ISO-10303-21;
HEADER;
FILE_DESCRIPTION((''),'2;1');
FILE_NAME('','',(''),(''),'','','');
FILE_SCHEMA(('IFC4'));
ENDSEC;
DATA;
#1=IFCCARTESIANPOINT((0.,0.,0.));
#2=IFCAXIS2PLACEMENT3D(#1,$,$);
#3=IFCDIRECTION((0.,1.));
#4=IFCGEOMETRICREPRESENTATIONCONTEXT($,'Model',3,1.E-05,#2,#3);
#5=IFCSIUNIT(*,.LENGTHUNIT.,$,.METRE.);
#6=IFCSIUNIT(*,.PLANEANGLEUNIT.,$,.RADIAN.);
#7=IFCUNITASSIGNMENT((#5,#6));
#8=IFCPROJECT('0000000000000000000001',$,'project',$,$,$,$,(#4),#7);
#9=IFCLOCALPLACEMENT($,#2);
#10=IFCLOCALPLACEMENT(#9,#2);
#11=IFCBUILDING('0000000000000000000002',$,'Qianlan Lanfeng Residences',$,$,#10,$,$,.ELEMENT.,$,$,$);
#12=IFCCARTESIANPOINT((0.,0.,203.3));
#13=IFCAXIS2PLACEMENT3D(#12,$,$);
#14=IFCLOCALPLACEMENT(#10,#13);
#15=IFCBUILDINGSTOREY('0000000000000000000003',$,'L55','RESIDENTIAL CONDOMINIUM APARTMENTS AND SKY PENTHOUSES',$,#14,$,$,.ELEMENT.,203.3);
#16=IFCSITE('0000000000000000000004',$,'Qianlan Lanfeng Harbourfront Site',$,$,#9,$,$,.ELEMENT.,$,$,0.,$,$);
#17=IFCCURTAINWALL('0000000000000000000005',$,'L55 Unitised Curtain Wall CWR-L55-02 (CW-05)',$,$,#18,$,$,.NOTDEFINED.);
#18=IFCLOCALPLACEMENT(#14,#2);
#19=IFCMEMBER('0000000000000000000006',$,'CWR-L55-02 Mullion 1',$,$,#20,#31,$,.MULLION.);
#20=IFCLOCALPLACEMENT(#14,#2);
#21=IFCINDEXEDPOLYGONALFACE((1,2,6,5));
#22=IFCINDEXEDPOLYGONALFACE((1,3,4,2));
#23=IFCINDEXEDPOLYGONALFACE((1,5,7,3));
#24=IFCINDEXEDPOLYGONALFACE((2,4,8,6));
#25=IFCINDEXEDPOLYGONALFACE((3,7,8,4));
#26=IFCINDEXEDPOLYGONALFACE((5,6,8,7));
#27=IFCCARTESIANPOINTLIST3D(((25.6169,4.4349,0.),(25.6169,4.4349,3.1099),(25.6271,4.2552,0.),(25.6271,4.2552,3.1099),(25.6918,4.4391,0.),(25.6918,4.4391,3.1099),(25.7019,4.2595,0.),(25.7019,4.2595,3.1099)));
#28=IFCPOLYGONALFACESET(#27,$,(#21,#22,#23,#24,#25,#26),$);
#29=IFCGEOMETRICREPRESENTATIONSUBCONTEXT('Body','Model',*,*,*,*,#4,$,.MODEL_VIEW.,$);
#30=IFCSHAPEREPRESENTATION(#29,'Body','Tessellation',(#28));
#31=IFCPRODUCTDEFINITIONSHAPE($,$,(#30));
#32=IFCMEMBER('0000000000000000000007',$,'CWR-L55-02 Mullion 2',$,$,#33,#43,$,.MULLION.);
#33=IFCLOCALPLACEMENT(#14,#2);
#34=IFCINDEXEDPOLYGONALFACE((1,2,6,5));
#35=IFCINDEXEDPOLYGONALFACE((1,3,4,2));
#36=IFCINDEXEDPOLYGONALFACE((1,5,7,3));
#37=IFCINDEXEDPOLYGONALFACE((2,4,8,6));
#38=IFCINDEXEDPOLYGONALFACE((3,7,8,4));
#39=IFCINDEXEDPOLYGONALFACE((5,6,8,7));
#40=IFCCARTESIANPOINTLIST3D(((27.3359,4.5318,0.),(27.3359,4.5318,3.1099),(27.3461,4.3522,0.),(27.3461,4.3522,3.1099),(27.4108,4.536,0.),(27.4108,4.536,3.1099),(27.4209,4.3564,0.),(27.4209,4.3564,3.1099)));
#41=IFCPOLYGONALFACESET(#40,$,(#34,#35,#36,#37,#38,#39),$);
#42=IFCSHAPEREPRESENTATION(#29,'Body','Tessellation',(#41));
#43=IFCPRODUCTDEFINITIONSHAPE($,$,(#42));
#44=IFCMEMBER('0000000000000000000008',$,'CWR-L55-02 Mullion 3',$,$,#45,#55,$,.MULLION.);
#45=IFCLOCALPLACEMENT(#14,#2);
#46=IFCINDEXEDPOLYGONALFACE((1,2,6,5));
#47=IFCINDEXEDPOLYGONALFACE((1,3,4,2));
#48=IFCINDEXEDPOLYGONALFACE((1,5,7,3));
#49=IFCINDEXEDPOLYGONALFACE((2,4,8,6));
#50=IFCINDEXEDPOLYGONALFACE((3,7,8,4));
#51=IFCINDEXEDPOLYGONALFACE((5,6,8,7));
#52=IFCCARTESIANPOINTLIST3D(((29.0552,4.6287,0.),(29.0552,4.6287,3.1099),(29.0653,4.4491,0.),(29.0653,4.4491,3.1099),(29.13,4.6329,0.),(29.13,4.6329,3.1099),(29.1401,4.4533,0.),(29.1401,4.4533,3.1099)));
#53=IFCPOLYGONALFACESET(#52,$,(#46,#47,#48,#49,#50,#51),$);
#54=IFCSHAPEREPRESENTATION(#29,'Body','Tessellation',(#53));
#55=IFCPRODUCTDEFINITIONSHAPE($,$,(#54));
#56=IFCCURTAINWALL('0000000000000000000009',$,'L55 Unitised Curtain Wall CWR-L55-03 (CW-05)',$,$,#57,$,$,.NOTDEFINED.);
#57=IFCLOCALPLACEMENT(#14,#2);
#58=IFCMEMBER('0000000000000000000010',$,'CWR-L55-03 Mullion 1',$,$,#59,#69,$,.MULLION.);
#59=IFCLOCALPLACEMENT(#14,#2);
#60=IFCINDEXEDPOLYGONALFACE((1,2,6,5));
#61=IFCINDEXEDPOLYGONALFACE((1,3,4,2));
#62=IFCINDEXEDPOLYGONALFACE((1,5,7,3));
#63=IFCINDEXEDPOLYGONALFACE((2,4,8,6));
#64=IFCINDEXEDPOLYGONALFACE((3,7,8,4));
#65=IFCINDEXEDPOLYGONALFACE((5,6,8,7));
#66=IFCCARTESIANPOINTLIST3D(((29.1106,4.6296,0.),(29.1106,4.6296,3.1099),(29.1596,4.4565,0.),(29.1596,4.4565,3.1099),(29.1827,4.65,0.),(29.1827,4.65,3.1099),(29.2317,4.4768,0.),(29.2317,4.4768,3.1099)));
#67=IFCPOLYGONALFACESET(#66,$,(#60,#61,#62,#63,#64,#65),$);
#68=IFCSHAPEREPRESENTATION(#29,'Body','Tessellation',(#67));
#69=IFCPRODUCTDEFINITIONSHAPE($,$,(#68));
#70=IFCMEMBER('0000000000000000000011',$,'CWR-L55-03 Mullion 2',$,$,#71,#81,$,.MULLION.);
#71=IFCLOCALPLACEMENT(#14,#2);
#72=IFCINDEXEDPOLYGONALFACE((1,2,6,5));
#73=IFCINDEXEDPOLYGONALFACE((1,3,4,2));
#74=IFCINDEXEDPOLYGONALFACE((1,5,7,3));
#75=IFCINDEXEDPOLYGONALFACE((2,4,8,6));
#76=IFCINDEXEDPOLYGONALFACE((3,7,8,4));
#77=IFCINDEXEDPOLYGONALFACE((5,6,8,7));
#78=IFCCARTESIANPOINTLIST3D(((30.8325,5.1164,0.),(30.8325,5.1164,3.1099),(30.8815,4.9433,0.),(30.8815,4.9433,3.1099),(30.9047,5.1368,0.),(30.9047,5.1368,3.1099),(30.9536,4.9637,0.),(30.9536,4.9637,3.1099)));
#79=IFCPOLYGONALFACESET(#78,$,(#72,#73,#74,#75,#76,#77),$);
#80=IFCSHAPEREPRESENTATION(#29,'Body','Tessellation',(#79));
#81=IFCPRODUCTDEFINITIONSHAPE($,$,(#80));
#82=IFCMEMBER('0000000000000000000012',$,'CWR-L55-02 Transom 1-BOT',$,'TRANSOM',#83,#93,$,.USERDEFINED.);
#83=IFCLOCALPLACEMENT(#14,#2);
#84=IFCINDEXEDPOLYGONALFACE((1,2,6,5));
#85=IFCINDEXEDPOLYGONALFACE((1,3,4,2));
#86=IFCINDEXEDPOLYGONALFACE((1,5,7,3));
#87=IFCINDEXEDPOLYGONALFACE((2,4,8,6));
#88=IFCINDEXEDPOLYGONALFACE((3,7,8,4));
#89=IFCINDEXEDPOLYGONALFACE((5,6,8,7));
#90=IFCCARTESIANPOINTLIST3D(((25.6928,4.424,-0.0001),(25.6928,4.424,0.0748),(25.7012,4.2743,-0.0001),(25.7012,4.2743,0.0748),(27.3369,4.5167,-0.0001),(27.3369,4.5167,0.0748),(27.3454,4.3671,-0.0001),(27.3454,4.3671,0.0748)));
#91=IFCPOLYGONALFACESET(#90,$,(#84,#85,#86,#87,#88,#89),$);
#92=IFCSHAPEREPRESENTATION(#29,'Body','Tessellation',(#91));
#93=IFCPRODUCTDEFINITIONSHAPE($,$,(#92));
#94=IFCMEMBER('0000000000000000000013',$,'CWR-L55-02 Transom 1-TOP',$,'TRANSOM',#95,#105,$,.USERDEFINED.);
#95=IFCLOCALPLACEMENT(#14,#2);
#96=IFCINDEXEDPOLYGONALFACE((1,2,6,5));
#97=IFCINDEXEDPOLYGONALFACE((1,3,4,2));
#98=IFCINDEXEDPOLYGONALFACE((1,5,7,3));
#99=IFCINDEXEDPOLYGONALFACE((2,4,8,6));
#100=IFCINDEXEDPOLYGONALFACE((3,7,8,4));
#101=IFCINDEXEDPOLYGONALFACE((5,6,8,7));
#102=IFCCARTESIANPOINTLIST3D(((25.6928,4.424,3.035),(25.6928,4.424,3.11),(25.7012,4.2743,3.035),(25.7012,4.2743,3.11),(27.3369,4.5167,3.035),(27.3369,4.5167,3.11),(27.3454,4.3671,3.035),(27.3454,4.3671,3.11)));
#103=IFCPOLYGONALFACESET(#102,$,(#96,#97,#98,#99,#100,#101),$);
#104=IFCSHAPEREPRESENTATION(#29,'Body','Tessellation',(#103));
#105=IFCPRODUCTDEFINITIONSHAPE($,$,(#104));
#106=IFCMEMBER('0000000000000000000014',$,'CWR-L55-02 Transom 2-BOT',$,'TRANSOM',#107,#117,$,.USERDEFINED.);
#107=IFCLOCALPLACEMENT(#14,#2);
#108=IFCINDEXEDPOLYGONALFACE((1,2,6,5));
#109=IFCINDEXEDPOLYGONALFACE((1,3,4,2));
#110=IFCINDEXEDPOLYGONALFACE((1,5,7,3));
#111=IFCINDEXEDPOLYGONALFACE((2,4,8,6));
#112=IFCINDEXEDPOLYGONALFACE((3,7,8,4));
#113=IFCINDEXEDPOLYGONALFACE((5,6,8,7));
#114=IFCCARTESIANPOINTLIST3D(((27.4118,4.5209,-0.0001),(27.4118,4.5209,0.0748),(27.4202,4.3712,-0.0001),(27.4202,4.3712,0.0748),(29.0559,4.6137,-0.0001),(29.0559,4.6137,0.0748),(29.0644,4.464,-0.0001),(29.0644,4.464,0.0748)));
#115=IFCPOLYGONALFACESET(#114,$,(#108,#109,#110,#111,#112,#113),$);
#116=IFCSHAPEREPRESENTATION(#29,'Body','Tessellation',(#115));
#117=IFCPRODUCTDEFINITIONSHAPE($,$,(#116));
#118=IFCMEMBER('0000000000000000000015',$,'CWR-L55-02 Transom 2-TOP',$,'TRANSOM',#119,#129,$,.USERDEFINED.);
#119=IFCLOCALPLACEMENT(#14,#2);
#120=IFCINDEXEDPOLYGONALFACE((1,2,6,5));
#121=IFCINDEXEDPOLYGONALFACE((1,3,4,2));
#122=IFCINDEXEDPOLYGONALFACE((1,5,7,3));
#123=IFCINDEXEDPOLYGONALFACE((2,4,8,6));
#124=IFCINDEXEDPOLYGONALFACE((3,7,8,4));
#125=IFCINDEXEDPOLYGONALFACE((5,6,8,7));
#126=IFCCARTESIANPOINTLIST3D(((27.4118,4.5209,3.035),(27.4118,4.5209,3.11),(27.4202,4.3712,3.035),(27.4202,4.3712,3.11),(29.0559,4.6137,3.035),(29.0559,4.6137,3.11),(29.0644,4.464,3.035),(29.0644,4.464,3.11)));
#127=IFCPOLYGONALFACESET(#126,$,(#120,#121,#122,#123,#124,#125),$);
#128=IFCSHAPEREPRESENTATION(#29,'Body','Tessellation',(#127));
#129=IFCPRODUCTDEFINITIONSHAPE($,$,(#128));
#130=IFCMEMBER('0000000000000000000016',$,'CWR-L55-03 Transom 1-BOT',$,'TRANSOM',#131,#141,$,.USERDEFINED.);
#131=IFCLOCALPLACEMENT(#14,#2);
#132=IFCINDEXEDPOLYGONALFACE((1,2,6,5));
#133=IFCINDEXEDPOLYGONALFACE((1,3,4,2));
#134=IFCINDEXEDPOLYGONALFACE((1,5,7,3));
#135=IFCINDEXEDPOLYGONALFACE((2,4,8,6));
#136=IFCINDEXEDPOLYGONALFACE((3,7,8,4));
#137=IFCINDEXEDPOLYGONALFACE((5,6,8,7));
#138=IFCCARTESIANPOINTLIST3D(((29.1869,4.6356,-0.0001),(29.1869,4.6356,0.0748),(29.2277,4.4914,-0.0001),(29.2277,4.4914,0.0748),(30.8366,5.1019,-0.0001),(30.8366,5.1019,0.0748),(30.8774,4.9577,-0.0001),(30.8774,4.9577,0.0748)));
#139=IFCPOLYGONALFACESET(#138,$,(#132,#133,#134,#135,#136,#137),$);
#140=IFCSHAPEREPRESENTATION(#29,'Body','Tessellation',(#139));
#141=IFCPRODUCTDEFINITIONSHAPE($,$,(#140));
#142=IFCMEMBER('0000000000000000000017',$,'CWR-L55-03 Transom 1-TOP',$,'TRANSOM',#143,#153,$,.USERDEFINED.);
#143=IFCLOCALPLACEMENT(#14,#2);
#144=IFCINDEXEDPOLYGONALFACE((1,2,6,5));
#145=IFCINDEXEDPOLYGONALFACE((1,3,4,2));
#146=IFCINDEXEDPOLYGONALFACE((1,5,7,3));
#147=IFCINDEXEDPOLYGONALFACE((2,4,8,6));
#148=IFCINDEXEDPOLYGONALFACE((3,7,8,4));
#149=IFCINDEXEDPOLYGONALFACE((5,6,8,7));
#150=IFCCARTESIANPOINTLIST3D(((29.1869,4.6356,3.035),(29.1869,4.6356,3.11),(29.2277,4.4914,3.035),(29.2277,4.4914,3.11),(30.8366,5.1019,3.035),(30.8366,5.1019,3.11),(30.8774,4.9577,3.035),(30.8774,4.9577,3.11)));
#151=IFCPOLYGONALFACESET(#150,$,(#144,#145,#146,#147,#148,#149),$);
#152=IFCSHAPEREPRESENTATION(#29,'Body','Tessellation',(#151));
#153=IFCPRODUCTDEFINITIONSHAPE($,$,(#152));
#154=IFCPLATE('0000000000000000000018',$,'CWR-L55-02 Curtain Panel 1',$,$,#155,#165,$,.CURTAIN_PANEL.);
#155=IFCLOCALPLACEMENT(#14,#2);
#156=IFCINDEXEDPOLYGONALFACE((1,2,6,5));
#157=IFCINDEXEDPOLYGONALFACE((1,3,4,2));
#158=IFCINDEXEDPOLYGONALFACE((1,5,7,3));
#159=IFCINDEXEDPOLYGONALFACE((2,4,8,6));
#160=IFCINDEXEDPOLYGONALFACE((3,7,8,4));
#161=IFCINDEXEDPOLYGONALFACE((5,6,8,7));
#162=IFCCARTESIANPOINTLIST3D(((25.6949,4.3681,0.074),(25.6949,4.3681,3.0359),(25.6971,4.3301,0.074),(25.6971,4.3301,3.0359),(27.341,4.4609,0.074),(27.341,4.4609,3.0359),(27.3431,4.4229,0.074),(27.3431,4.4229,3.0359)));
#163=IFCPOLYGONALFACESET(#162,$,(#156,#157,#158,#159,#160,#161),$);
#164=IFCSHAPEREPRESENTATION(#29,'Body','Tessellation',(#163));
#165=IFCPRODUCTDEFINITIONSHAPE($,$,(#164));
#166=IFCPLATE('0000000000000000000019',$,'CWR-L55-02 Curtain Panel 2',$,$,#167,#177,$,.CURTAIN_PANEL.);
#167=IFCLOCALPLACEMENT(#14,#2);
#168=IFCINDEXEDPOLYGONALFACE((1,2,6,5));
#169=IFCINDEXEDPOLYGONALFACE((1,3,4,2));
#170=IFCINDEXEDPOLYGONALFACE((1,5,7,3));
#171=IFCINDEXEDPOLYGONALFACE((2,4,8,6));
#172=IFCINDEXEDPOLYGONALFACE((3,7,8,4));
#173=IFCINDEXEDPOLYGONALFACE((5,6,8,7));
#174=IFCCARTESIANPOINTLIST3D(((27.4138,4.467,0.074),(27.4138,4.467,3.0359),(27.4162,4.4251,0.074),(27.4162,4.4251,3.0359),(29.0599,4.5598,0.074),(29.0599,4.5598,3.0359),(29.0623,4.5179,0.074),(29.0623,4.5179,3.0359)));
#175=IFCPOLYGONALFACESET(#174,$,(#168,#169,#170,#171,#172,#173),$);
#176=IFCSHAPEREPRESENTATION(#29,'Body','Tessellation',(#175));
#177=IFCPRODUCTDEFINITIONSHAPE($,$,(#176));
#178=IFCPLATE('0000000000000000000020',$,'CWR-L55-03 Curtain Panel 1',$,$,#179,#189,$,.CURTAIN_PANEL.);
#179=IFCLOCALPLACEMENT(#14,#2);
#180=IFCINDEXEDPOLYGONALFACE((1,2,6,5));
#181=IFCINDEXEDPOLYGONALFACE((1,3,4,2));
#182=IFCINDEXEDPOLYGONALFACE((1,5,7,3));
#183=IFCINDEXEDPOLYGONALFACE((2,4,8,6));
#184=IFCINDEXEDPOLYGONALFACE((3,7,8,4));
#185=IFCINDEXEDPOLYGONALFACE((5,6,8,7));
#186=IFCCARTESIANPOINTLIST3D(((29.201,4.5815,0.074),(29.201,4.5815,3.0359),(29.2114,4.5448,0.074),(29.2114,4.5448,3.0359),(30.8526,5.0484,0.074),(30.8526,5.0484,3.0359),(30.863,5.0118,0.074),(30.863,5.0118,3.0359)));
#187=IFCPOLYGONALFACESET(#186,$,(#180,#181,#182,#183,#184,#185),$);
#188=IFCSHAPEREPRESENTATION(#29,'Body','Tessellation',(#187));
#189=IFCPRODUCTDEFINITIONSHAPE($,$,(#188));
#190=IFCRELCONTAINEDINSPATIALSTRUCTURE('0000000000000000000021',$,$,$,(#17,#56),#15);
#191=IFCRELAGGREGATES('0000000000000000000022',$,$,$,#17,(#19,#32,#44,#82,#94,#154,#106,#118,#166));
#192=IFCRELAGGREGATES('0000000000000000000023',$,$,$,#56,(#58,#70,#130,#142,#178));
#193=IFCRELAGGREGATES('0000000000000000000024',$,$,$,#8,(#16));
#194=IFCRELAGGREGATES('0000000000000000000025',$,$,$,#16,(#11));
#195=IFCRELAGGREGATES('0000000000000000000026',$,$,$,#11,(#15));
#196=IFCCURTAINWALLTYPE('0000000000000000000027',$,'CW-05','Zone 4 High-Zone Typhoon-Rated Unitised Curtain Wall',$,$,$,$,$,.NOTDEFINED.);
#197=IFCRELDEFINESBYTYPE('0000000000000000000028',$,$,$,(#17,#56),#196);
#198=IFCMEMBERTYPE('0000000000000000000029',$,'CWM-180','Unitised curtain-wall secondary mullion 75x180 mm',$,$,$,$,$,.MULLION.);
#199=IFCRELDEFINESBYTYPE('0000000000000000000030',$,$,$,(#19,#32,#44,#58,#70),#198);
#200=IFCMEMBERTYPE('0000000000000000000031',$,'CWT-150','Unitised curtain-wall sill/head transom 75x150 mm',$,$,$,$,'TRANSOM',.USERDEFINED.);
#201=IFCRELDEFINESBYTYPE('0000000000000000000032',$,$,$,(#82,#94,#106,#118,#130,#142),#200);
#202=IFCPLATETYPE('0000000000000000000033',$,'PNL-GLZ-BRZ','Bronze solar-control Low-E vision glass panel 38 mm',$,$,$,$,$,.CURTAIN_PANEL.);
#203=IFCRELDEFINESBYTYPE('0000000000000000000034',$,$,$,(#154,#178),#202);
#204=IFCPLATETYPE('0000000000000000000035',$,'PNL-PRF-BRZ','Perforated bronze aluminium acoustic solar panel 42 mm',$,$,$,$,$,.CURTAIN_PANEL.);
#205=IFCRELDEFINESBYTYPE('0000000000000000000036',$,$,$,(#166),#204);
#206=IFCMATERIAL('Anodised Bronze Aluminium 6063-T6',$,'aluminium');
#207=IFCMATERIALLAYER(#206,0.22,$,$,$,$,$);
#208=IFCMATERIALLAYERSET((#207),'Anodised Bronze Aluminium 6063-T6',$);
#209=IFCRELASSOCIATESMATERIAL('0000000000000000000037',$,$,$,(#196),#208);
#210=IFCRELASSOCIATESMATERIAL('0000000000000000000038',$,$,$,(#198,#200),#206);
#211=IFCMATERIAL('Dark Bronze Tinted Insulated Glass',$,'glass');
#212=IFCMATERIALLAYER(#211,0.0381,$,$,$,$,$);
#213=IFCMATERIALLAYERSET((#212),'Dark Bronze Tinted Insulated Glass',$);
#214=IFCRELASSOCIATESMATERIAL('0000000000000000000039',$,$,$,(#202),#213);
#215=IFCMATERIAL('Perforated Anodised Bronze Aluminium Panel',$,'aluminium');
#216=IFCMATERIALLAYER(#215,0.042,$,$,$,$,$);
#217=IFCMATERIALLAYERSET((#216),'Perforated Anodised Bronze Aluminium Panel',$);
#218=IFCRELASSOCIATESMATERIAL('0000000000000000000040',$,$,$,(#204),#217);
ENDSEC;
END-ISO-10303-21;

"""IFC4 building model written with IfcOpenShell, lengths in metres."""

from ifc_helpers import new_model, si_unit, direction, frame, origin, origin_2d, place, context, subcontext, project, spatial, rectangle, extrude, source, transform, mapped, material, layer, layer_set, material_profile, profile_set, type_object, element, aggregate, save


model = new_model("IFC4")

# Units and contexts
model_context = context("Model", 3, precision=1e-05, world=origin(), true_north=direction((0.0, 1.0)))
body_context = subcontext(model_context, "Body", "Model", "MODEL_VIEW")
ifc_project = project(units=[si_unit("LENGTHUNIT", "METRE"), si_unit("PLANEANGLEUNIT", "RADIAN")], contexts=[model_context])

# Site, building, storey
site_placement = place(None, origin())
site = spatial("IfcSite", under=ifc_project, at=site_placement, Name="Qianlan Lanfeng Harbourfront Site", CompositionType="ELEMENT", RefElevation=0.0)
building_placement = place(site_placement, origin())
building = spatial("IfcBuilding", under=site, at=building_placement, Name="Qianlan Lanfeng Residences", CompositionType="ELEMENT")
storey_placement = place(building_placement, frame((0.0, 0.0, 203.3)))
storey = spatial("IfcBuildingStorey", under=building, at=storey_placement, Name="L55", Description="RESIDENTIAL CONDOMINIUM APARTMENTS AND SKY PENTHOUSES", CompositionType="ELEMENT", Elevation=203.3)

# Curtain walls, members
ifc_material_1 = material(Name="Anodised Bronze Aluminium 6063-T6", Category="aluminium")
ifc_layer_1 = layer(ifc_material_1, 0.22)
ifc_layer_set_1 = layer_set([ifc_layer_1], Name="Anodised Bronze Aluminium 6063-T6")
curtain_wall_type = type_object("IfcCurtainWallType", Name="CW-05", Description="Zone 4 High-Zone Typhoon-Rated Unitised Curtain Wall", PredefinedType="NOTDEFINED", material=ifc_layer_set_1)
curtain_wall_1_placement = place(storey_placement, origin())
curtain_wall_1 = element("IfcCurtainWall", 1, at=curtain_wall_1_placement, inside=storey, type_object=curtain_wall_type, Name="L55 Unitised Curtain Wall CWR-L55-02 (CW-05)", PredefinedType="NOTDEFINED")
ifc_material_profile_1 = material_profile(ifc_material_1, rectangle(XDim=0.075, YDim=0.1799, at=origin_2d()), Name="ALU MULLION 75x180")
ifc_profile_set_1 = profile_set([ifc_material_profile_1], Name="Anodised Bronze Aluminium 6063-T6")
member_type_1 = type_object("IfcMemberType", Name="CWM-180", Description="Unitised curtain-wall secondary mullion 75x180 mm", PredefinedType="MULLION", material=ifc_profile_set_1)
shared_shape_1 = source(origin(), body_context, "Body", "SweptSolid", [
    extrude(rectangle(XDim=0.075, YDim=0.1799, at=origin_2d()), origin(), (0.0, 0.0, 1.0), 3.1099),
])
member_1_placement = place(storey_placement, frame((25.6594, 4.3472, 0.0), z_axis=(0.0, 0.0, 1.0), x_axis=(0.998415, 0.056273, 0.0)))
member_1 = element("IfcMember", 2, at=member_1_placement, type_object=member_type_1, Name="CWR-L55-02 Mullion 1", PredefinedType="MULLION", context=body_context, shape_type="MappedRepresentation", body=[
    mapped(shared_shape_1, transform((0.0, 0.0, 0.0), scale=1.0)),
])
member_2_placement = place(storey_placement, frame((27.3784, 4.4441, 0.0), z_axis=(0.0, 0.0, 1.0), x_axis=(0.998415, 0.056273, 0.0)))
member_2 = element("IfcMember", 3, at=member_2_placement, type_object=member_type_1, Name="CWR-L55-02 Mullion 2", PredefinedType="MULLION", context=body_context, shape_type="MappedRepresentation", body=[
    mapped(shared_shape_1, transform((0.0, 0.0, 0.0), scale=1.0)),
])
member_3_placement = place(storey_placement, frame((29.0977, 4.541, 0.0), z_axis=(0.0, 0.0, 1.0), x_axis=(0.998415, 0.056273, 0.0)))
member_3 = element("IfcMember", 4, at=member_3_placement, type_object=member_type_1, Name="CWR-L55-02 Mullion 3", PredefinedType="MULLION", context=body_context, shape_type="MappedRepresentation", body=[
    mapped(shared_shape_1, transform((0.0, 0.0, 0.0), scale=1.0)),
])
curtain_wall_2_placement = place(storey_placement, origin())
curtain_wall_2 = element("IfcCurtainWall", 5, at=curtain_wall_2_placement, inside=storey, type_object=curtain_wall_type, Name="L55 Unitised Curtain Wall CWR-L55-03 (CW-05)", PredefinedType="NOTDEFINED")
member_4_placement = place(storey_placement, frame((29.1711, 4.5532, 0.0), z_axis=(0.0, 0.0, 1.0), x_axis=(0.962284, 0.272045, 0.0)))
member_4 = element("IfcMember", 6, at=member_4_placement, type_object=member_type_1, Name="CWR-L55-03 Mullion 1", PredefinedType="MULLION", context=body_context, shape_type="MappedRepresentation", body=[
    mapped(shared_shape_1, transform((0.0, 0.0, 0.0), scale=1.0)),
])
member_5_placement = place(storey_placement, frame((30.8931, 5.04, 0.0), z_axis=(0.0, 0.0, 1.0), x_axis=(0.962284, 0.272045, 0.0)))
member_5 = element("IfcMember", 7, at=member_5_placement, type_object=member_type_1, Name="CWR-L55-03 Mullion 2", PredefinedType="MULLION", context=body_context, shape_type="MappedRepresentation", body=[
    mapped(shared_shape_1, transform((0.0, 0.0, 0.0), scale=1.0)),
])

# Members
ifc_material_profile_2 = material_profile(ifc_material_1, rectangle(XDim=0.075, YDim=0.1499, at=origin_2d()), Name="ALU TRANSOM 75x150")
ifc_profile_set_2 = profile_set([ifc_material_profile_2], Name="Anodised Bronze Aluminium 6063-T6")
member_type_2 = type_object("IfcMemberType", Name="CWT-150", Description="Unitised curtain-wall sill/head transom 75x150 mm", ElementType="TRANSOM", PredefinedType="USERDEFINED", material=ifc_profile_set_2)
shared_shape_2 = source(origin(), body_context, "Body", "SweptSolid", [
    extrude(rectangle(XDim=0.075, YDim=0.1499, at=origin_2d()), origin(), (0.0, 0.0, 1.0), 1.6467),
])
member_6_placement = place(storey_placement, frame((25.697, 4.3491, 0.0374), z_axis=(0.998412, 0.05634, 0.0), x_axis=(0.0, 0.0, 1.0)))
member_6 = element("IfcMember", 8, at=member_6_placement, type_object=member_type_2, Name="CWR-L55-02 Transom 1-BOT", ObjectType="TRANSOM", PredefinedType="USERDEFINED", context=body_context, shape_type="MappedRepresentation", body=[
    mapped(shared_shape_2, transform((0.0, 0.0, 0.0), scale=1.0)),
])
member_7_placement = place(storey_placement, frame((25.697, 4.3491, 3.0725), z_axis=(0.998412, 0.05634, 0.0), x_axis=(0.0, 0.0, 1.0)))
member_7 = element("IfcMember", 9, at=member_7_placement, type_object=member_type_2, Name="CWR-L55-02 Transom 1-TOP", ObjectType="TRANSOM", PredefinedType="USERDEFINED", context=body_context, shape_type="MappedRepresentation", body=[
    mapped(shared_shape_2, transform((0.0, 0.0, 0.0), scale=1.0)),
])
member_8_placement = place(storey_placement, frame((27.416, 4.446, 0.0374), z_axis=(0.998412, 0.05634, 0.0), x_axis=(0.0, 0.0, 1.0)))
member_8 = element("IfcMember", 10, at=member_8_placement, type_object=member_type_2, Name="CWR-L55-02 Transom 2-BOT", ObjectType="TRANSOM", PredefinedType="USERDEFINED", context=body_context, shape_type="MappedRepresentation", body=[
    mapped(shared_shape_2, transform((0.0, 0.0, 0.0), scale=1.0)),
])
member_9_placement = place(storey_placement, frame((27.416, 4.446, 3.0725), z_axis=(0.998412, 0.05634, 0.0), x_axis=(0.0, 0.0, 1.0)))
member_9 = element("IfcMember", 11, at=member_9_placement, type_object=member_type_2, Name="CWR-L55-02 Transom 2-TOP", ObjectType="TRANSOM", PredefinedType="USERDEFINED", context=body_context, shape_type="MappedRepresentation", body=[
    mapped(shared_shape_2, transform((0.0, 0.0, 0.0), scale=1.0)),
])
shared_shape_3 = source(origin(), body_context, "Body", "SweptSolid", [
    extrude(rectangle(XDim=0.075, YDim=0.1499, at=origin_2d()), origin(), (0.0, 0.0, 1.0), 1.7144),
])
member_10_placement = place(storey_placement, frame((29.2073, 4.5635, 0.0374), z_axis=(0.962294, 0.272011, 0.0), x_axis=(0.0, 0.0, 1.0)))
member_10 = element("IfcMember", 12, at=member_10_placement, type_object=member_type_2, Name="CWR-L55-03 Transom 1-BOT", ObjectType="TRANSOM", PredefinedType="USERDEFINED", context=body_context, shape_type="MappedRepresentation", body=[
    mapped(shared_shape_3, transform((0.0, 0.0, 0.0), scale=1.0)),
])
member_11_placement = place(storey_placement, frame((29.2073, 4.5635, 3.0725), z_axis=(0.962294, 0.272011, 0.0), x_axis=(0.0, 0.0, 1.0)))
member_11 = element("IfcMember", 13, at=member_11_placement, type_object=member_type_2, Name="CWR-L55-03 Transom 1-TOP", ObjectType="TRANSOM", PredefinedType="USERDEFINED", context=body_context, shape_type="MappedRepresentation", body=[
    mapped(shared_shape_3, transform((0.0, 0.0, 0.0), scale=1.0)),
])

# Plates
ifc_material_2 = material(Name="Dark Bronze Tinted Insulated Glass", Category="glass")
ifc_layer_2 = layer(ifc_material_2, 0.0381)
ifc_layer_set_2 = layer_set([ifc_layer_2], Name="Dark Bronze Tinted Insulated Glass")
plate_type_1 = type_object("IfcPlateType", Name="PNL-GLZ-BRZ", Description="Bronze solar-control Low-E vision glass panel 38 mm", PredefinedType="CURTAIN_PANEL", material=ifc_layer_set_2)
shared_shape_4 = source(origin(), body_context, "Body", "SweptSolid", [
    extrude(rectangle(XDim=1.6487, YDim=0.0381, at=origin_2d()), origin(), (0.0, 0.0, 1.0), 2.9619),
])
plate_1_placement = place(storey_placement, frame((26.519, 4.3955, 0.074), z_axis=(0.0, 0.0, 1.0), x_axis=(0.998415, 0.056273, 0.0)))
plate_1 = element("IfcPlate", 14, at=plate_1_placement, type_object=plate_type_1, Name="CWR-L55-02 Curtain Panel 1", PredefinedType="CURTAIN_PANEL", context=body_context, shape_type="MappedRepresentation", body=[
    mapped(shared_shape_4, transform((0.0, 0.0, 0.0), scale=1.0)),
])
ifc_material_3 = material(Name="Perforated Anodised Bronze Aluminium Panel", Category="aluminium")
ifc_layer_3 = layer(ifc_material_3, 0.042)
ifc_layer_set_3 = layer_set([ifc_layer_3], Name="Perforated Anodised Bronze Aluminium Panel")
plate_type_2 = type_object("IfcPlateType", Name="PNL-PRF-BRZ", Description="Perforated bronze aluminium acoustic solar panel 42 mm", PredefinedType="CURTAIN_PANEL", material=ifc_layer_set_3)
shared_shape_5 = source(origin(), body_context, "Body", "SweptSolid", [
    extrude(rectangle(XDim=1.6487, YDim=0.042, at=origin_2d()), origin(), (0.0, 0.0, 1.0), 2.9619),
])
plate_2_placement = place(storey_placement, frame((28.238, 4.4924, 0.074), z_axis=(0.0, 0.0, 1.0), x_axis=(0.998415, 0.056273, 0.0)))
plate_2 = element("IfcPlate", 15, at=plate_2_placement, type_object=plate_type_2, Name="CWR-L55-02 Curtain Panel 2", PredefinedType="CURTAIN_PANEL", context=body_context, shape_type="MappedRepresentation", body=[
    mapped(shared_shape_5, transform((0.0, 0.0, 0.0), scale=1.0)),
])
aggregate(curtain_wall_1, [member_1, member_2, member_3, member_6, member_7, plate_1, member_8, member_9, plate_2])
shared_shape_6 = source(origin(), body_context, "Body", "SweptSolid", [
    extrude(rectangle(XDim=1.7163, YDim=0.0381, at=origin_2d()), origin(), (0.0, 0.0, 1.0), 2.9619),
])
plate_3_placement = place(storey_placement, frame((30.032, 4.7966, 0.074), z_axis=(0.0, 0.0, 1.0), x_axis=(0.962284, 0.272045, 0.0)))
plate_3 = element("IfcPlate", 16, at=plate_3_placement, type_object=plate_type_1, Name="CWR-L55-03 Curtain Panel 1", PredefinedType="CURTAIN_PANEL", context=body_context, shape_type="MappedRepresentation", body=[
    mapped(shared_shape_6, transform((0.0, 0.0, 0.0), scale=1.0)),
])
aggregate(curtain_wall_2, [member_4, member_5, member_10, member_11, plate_3])

save(model, "model.ifc")
